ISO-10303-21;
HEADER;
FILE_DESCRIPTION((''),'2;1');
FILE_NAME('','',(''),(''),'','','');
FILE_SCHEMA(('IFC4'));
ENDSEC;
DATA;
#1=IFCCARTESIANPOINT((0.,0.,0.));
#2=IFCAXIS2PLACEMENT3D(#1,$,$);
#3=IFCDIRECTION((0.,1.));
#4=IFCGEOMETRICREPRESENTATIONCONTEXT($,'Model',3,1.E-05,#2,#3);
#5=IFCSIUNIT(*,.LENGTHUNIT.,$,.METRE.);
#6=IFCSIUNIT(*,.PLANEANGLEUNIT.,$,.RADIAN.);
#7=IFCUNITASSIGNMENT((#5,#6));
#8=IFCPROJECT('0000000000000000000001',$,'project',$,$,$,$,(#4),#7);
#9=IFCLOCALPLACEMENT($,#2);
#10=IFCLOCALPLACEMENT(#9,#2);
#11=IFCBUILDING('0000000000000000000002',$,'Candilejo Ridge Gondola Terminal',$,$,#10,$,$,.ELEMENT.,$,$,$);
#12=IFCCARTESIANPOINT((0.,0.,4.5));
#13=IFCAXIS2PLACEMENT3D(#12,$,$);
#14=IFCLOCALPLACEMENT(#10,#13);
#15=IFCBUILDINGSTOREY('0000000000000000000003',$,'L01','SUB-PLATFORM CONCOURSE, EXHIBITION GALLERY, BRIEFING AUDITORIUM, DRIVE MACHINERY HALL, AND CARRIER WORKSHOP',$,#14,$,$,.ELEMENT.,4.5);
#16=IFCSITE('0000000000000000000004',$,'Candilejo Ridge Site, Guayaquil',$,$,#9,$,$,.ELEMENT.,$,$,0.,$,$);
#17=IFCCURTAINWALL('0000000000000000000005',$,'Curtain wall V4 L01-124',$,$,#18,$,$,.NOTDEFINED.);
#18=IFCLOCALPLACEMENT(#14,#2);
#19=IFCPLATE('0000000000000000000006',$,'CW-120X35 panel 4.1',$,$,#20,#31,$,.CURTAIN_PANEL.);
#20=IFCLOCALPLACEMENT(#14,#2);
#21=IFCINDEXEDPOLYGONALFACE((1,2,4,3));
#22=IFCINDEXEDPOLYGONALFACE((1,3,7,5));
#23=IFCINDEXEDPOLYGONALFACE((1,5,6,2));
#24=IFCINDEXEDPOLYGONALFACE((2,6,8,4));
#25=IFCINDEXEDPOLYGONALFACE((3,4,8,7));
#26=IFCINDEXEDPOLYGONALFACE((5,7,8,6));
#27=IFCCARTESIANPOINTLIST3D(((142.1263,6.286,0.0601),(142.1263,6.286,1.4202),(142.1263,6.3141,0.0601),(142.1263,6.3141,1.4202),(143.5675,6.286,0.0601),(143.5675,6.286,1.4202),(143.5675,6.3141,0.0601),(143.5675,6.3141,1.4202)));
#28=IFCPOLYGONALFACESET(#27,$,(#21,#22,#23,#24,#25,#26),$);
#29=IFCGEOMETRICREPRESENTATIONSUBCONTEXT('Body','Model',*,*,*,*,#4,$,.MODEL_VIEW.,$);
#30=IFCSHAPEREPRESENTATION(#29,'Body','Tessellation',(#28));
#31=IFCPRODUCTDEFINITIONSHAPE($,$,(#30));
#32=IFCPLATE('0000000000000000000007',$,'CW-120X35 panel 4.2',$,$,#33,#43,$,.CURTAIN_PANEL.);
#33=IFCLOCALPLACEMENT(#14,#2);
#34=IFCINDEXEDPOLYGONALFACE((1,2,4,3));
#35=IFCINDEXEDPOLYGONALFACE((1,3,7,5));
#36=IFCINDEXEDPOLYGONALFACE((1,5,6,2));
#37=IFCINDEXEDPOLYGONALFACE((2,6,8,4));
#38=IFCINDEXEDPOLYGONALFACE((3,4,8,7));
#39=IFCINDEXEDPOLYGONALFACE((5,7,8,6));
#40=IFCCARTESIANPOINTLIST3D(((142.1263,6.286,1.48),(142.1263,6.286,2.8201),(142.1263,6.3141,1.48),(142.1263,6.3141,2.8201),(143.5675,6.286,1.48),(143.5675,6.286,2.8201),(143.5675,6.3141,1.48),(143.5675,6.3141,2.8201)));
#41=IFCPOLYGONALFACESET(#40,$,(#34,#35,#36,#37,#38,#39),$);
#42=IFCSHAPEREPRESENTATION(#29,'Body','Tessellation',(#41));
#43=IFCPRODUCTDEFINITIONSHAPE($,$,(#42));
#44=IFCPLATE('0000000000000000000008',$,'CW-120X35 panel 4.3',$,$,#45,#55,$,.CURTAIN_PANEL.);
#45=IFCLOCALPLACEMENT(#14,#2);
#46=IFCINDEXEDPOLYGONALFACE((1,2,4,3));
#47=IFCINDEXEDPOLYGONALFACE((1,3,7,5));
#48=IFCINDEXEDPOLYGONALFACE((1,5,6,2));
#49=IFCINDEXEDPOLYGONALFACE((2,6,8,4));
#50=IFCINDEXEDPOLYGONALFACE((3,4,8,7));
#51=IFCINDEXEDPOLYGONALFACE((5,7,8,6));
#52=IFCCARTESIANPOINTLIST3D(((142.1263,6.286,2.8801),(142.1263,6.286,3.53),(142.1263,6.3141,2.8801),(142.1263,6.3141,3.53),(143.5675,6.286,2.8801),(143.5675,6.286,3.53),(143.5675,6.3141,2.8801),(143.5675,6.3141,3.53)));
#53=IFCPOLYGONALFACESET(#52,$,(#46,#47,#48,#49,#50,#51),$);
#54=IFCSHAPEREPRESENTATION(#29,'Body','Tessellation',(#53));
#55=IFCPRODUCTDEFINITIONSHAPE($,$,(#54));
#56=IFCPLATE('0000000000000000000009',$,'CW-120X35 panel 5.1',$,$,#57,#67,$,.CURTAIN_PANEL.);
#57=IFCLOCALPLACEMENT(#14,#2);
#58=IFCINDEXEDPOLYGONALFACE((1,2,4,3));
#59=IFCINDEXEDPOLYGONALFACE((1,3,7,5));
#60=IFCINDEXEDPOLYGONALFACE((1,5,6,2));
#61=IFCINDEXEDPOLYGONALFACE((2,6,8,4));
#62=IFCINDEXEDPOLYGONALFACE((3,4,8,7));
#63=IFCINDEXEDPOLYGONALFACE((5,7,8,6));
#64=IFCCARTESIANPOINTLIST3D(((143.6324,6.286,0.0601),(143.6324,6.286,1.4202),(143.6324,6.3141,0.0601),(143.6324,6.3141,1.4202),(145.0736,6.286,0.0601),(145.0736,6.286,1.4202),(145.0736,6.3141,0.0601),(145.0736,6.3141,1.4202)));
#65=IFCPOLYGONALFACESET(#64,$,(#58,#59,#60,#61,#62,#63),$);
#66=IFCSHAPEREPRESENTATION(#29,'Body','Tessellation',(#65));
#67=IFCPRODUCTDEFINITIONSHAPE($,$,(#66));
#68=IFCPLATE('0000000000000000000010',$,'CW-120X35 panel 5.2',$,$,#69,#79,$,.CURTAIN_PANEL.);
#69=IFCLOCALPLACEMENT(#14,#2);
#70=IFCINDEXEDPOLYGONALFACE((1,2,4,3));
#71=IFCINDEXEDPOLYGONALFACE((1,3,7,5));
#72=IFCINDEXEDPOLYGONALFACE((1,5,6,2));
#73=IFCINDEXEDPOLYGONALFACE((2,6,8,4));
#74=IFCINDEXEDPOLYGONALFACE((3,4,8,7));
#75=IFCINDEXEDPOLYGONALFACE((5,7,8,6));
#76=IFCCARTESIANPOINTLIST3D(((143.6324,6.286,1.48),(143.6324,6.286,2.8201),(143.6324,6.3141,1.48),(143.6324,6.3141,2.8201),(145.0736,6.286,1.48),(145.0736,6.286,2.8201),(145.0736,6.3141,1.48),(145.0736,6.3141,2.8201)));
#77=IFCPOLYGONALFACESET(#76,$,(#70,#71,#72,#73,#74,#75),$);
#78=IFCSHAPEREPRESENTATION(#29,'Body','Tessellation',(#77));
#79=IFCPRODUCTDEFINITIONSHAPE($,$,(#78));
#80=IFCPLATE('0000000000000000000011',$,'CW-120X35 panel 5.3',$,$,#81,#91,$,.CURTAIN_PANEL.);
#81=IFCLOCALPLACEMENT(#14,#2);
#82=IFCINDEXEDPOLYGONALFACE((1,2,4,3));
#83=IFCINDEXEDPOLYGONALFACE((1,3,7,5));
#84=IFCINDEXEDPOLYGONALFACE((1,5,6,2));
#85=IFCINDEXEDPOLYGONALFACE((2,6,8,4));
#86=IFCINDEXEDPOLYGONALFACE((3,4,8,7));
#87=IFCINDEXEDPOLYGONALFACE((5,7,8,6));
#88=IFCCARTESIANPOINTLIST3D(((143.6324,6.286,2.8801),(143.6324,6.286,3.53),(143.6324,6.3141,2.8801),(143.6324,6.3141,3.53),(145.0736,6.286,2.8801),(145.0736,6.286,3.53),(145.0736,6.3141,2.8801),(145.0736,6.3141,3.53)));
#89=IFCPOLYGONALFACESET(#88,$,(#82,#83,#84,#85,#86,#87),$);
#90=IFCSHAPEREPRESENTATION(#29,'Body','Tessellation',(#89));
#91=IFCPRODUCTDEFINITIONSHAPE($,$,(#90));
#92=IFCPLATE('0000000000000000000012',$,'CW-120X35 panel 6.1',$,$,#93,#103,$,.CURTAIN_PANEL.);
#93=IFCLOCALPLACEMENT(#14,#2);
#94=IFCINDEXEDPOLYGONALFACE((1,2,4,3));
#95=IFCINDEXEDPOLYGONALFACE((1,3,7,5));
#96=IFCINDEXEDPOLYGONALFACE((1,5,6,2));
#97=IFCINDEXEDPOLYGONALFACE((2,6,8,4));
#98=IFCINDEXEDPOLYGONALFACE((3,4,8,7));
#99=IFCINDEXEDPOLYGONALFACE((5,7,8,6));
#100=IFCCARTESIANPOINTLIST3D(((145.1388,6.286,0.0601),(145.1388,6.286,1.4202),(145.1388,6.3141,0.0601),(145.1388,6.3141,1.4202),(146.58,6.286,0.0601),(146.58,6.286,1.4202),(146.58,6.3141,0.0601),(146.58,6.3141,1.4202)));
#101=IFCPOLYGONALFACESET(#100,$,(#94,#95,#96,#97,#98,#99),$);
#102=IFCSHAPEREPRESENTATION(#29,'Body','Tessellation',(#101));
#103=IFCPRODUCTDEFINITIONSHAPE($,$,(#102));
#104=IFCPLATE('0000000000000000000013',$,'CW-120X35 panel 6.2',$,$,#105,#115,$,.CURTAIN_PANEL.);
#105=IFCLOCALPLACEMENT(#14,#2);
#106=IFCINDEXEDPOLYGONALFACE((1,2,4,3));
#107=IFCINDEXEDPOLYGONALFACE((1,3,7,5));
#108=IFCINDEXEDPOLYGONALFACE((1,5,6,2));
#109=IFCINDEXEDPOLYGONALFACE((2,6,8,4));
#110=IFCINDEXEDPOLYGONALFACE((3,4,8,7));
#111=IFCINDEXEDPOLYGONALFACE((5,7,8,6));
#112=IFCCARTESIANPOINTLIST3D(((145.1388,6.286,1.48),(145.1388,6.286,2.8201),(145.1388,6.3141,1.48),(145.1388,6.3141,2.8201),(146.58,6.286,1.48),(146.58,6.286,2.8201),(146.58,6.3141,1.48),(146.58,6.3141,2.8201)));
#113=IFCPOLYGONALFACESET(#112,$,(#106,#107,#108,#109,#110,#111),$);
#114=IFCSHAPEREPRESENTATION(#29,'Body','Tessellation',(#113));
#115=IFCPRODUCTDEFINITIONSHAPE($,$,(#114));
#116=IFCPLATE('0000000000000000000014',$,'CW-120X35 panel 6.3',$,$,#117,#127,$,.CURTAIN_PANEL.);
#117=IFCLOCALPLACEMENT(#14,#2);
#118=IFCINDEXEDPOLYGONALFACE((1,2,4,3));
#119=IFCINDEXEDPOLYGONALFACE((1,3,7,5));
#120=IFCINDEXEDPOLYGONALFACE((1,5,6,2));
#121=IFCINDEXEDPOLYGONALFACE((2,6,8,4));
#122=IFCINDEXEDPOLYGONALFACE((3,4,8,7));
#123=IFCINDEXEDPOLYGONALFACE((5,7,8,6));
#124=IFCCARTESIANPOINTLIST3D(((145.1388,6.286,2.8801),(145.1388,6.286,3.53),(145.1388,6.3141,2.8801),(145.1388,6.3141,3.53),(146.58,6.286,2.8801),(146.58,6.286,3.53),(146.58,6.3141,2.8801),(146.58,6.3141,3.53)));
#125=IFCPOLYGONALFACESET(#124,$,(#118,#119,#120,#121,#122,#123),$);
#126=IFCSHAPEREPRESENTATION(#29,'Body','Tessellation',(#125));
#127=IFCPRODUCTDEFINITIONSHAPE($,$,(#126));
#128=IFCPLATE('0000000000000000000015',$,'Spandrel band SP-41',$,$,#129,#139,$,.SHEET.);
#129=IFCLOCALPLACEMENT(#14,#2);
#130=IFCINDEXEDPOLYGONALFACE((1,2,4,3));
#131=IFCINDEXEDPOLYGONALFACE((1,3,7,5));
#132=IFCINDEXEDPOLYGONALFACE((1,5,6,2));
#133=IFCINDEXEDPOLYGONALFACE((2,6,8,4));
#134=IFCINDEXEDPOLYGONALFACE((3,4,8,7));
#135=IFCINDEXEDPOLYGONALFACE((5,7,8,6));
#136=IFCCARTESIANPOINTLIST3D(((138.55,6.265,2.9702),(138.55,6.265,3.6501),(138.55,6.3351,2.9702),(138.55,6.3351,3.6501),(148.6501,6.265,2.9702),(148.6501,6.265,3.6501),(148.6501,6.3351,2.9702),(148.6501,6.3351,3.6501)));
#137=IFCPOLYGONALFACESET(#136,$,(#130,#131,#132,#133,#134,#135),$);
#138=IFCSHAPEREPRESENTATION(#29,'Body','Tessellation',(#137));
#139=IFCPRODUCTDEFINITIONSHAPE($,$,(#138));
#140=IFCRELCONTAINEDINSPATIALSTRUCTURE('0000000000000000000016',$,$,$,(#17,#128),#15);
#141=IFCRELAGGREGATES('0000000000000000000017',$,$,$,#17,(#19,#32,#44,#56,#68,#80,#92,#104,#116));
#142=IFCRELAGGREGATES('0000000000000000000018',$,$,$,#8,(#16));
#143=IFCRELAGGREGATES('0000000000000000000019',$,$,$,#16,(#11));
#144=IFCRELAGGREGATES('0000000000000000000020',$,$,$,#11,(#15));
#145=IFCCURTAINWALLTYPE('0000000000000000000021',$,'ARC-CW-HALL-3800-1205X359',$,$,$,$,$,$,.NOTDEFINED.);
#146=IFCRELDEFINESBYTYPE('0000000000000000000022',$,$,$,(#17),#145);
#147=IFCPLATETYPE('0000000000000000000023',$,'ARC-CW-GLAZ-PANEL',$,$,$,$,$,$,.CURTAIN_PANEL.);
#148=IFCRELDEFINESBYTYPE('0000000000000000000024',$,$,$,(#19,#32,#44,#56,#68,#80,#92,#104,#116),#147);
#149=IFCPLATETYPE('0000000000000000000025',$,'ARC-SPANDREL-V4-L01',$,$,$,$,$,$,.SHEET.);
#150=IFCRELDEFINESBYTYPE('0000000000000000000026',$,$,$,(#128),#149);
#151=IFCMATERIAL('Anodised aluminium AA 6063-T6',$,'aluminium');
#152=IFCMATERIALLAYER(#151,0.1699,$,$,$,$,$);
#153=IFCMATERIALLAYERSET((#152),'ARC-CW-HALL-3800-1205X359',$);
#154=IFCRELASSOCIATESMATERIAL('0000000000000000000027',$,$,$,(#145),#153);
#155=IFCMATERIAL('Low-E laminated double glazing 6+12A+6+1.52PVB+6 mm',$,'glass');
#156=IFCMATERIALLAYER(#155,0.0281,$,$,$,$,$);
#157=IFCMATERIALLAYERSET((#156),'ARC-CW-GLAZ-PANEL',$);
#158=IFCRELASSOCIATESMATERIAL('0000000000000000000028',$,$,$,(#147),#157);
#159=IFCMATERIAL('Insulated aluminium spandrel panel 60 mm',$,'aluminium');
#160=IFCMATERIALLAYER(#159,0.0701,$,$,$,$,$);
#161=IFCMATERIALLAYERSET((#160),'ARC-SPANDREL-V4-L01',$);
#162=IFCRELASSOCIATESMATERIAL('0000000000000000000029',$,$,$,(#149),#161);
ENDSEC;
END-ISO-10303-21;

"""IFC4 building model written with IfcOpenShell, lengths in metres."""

from ifc_helpers import new_model, si_unit, direction, frame, origin, origin_2d, place, context, subcontext, project, spatial, rectangle, extrude, material, layer, layer_set, type_object, element, aggregate, save


model = new_model("IFC4")

# Units and contexts
model_context = context("Model", 3, precision=1e-05, world=origin(), true_north=direction((0.0, 1.0)))
body_context = subcontext(model_context, "Body", "Model", "MODEL_VIEW")
ifc_project = project(units=[si_unit("LENGTHUNIT", "METRE"), si_unit("PLANEANGLEUNIT", "RADIAN")], contexts=[model_context])

# Site, building, storey
site_placement = place(None, origin())
site = spatial("IfcSite", under=ifc_project, at=site_placement, Name="Candilejo Ridge Site, Guayaquil", CompositionType="ELEMENT", RefElevation=0.0)
building_placement = place(site_placement, origin())
building = spatial("IfcBuilding", under=site, at=building_placement, Name="Candilejo Ridge Gondola Terminal", CompositionType="ELEMENT")
storey_placement = place(building_placement, frame((0.0, 0.0, 4.5)))
storey = spatial("IfcBuildingStorey", under=building, at=storey_placement, Name="L01", Description="SUB-PLATFORM CONCOURSE, EXHIBITION GALLERY, BRIEFING AUDITORIUM, DRIVE MACHINERY HALL, AND CARRIER WORKSHOP", CompositionType="ELEMENT", Elevation=4.5)

# Curtain wall, plates
ifc_material_1 = material(Name="Anodised aluminium AA 6063-T6", Category="aluminium")
ifc_layer_1 = layer(ifc_material_1, 0.1699)
ifc_layer_set_1 = layer_set([ifc_layer_1], Name="ARC-CW-HALL-3800-1205X359")
curtain_wall_type = type_object("IfcCurtainWallType", Name="ARC-CW-HALL-3800-1205X359", PredefinedType="NOTDEFINED", material=ifc_layer_set_1)
curtain_wall_placement = place(storey_placement, origin())
curtain_wall = element("IfcCurtainWall", 1, at=curtain_wall_placement, inside=storey, type_object=curtain_wall_type, Name="Curtain wall V4 L01-124", PredefinedType="NOTDEFINED")
ifc_material_2 = material(Name="Low-E laminated double glazing 6+12A+6+1.52PVB+6 mm", Category="glass")
ifc_layer_2 = layer(ifc_material_2, 0.0281)
ifc_layer_set_2 = layer_set([ifc_layer_2], Name="ARC-CW-GLAZ-PANEL")
plate_type_1 = type_object("IfcPlateType", Name="ARC-CW-GLAZ-PANEL", PredefinedType="CURTAIN_PANEL", material=ifc_layer_set_2)
plate_1_placement = place(storey_placement, frame((142.8469, 6.3, 0.0601), z_axis=(0.0, 0.0, 1.0), x_axis=(1.0, 0.0, 0.0)))
plate_1 = element("IfcPlate", 2, at=plate_1_placement, type_object=plate_type_1, Name="CW-120X35 panel 4.1", PredefinedType="CURTAIN_PANEL", context=body_context, shape_type="SweptSolid", body=[
    extrude(rectangle(XDim=1.4412, YDim=0.0281, at=origin_2d()), origin(), (0.0, 0.0, 1.0), 1.3601),
])
plate_2_placement = place(storey_placement, frame((142.8469, 6.3, 1.48), z_axis=(0.0, 0.0, 1.0), x_axis=(1.0, 0.0, 0.0)))
plate_2 = element("IfcPlate", 3, at=plate_2_placement, type_object=plate_type_1, Name="CW-120X35 panel 4.2", PredefinedType="CURTAIN_PANEL", context=body_context, shape_type="SweptSolid", body=[
    extrude(rectangle(XDim=1.4412, YDim=0.0281, at=origin_2d()), origin(), (0.0, 0.0, 1.0), 1.3401),
])
plate_3_placement = place(storey_placement, frame((142.8469, 6.3, 2.8801), z_axis=(0.0, 0.0, 1.0), x_axis=(1.0, 0.0, 0.0)))
plate_3 = element("IfcPlate", 4, at=plate_3_placement, type_object=plate_type_1, Name="CW-120X35 panel 4.3", PredefinedType="CURTAIN_PANEL", context=body_context, shape_type="SweptSolid", body=[
    extrude(rectangle(XDim=1.4412, YDim=0.0281, at=origin_2d()), origin(), (0.0, 0.0, 1.0), 0.6499),
])
plate_4_placement = place(storey_placement, frame((144.353, 6.3, 0.0601), z_axis=(0.0, 0.0, 1.0), x_axis=(1.0, 0.0, 0.0)))
plate_4 = element("IfcPlate", 5, at=plate_4_placement, type_object=plate_type_1, Name="CW-120X35 panel 5.1", PredefinedType="CURTAIN_PANEL", context=body_context, shape_type="SweptSolid", body=[
    extrude(rectangle(XDim=1.4412, YDim=0.0281, at=origin_2d()), origin(), (0.0, 0.0, 1.0), 1.3601),
])
plate_5_placement = place(storey_placement, frame((144.353, 6.3, 1.48), z_axis=(0.0, 0.0, 1.0), x_axis=(1.0, 0.0, 0.0)))
plate_5 = element("IfcPlate", 6, at=plate_5_placement, type_object=plate_type_1, Name="CW-120X35 panel 5.2", PredefinedType="CURTAIN_PANEL", context=body_context, shape_type="SweptSolid", body=[
    extrude(rectangle(XDim=1.4412, YDim=0.0281, at=origin_2d()), origin(), (0.0, 0.0, 1.0), 1.3401),
])
plate_6_placement = place(storey_placement, frame((144.353, 6.3, 2.8801), z_axis=(0.0, 0.0, 1.0), x_axis=(1.0, 0.0, 0.0)))
plate_6 = element("IfcPlate", 7, at=plate_6_placement, type_object=plate_type_1, Name="CW-120X35 panel 5.3", PredefinedType="CURTAIN_PANEL", context=body_context, shape_type="SweptSolid", body=[
    extrude(rectangle(XDim=1.4412, YDim=0.0281, at=origin_2d()), origin(), (0.0, 0.0, 1.0), 0.6499),
])
plate_7_placement = place(storey_placement, frame((145.8594, 6.3, 0.0601), z_axis=(0.0, 0.0, 1.0), x_axis=(1.0, 0.0, 0.0)))
plate_7 = element("IfcPlate", 8, at=plate_7_placement, type_object=plate_type_1, Name="CW-120X35 panel 6.1", PredefinedType="CURTAIN_PANEL", context=body_context, shape_type="SweptSolid", body=[
    extrude(rectangle(XDim=1.4412, YDim=0.0281, at=origin_2d()), origin(), (0.0, 0.0, 1.0), 1.3601),
])
plate_8_placement = place(storey_placement, frame((145.8594, 6.3, 1.48), z_axis=(0.0, 0.0, 1.0), x_axis=(1.0, 0.0, 0.0)))
plate_8 = element("IfcPlate", 9, at=plate_8_placement, type_object=plate_type_1, Name="CW-120X35 panel 6.2", PredefinedType="CURTAIN_PANEL", context=body_context, shape_type="SweptSolid", body=[
    extrude(rectangle(XDim=1.4412, YDim=0.0281, at=origin_2d()), origin(), (0.0, 0.0, 1.0), 1.3401),
])
plate_9_placement = place(storey_placement, frame((145.8594, 6.3, 2.8801), z_axis=(0.0, 0.0, 1.0), x_axis=(1.0, 0.0, 0.0)))
plate_9 = element("IfcPlate", 10, at=plate_9_placement, type_object=plate_type_1, Name="CW-120X35 panel 6.3", PredefinedType="CURTAIN_PANEL", context=body_context, shape_type="SweptSolid", body=[
    extrude(rectangle(XDim=1.4412, YDim=0.0281, at=origin_2d()), origin(), (0.0, 0.0, 1.0), 0.6499),
])
aggregate(curtain_wall, [plate_1, plate_2, plate_3, plate_4, plate_5, plate_6, plate_7, plate_8, plate_9])

# Plate
ifc_material_3 = material(Name="Insulated aluminium spandrel panel 60 mm", Category="aluminium")
ifc_layer_3 = layer(ifc_material_3, 0.0701)
ifc_layer_set_3 = layer_set([ifc_layer_3], Name="ARC-SPANDREL-V4-L01")
plate_type_2 = type_object("IfcPlateType", Name="ARC-SPANDREL-V4-L01", PredefinedType="SHEET", material=ifc_layer_set_3)
plate_10_placement = place(storey_placement, frame((143.6001, 6.3, 2.9702), z_axis=(0.0, 0.0, 1.0), x_axis=(1.0, 0.0, 0.0)))
element("IfcPlate", 11, at=plate_10_placement, inside=storey, type_object=plate_type_2, Name="Spandrel band SP-41", PredefinedType="SHEET", context=body_context, shape_type="SweptSolid", body=[
    extrude(rectangle(XDim=10.1001, YDim=0.0701, at=origin_2d()), origin(), (0.0, 0.0, 1.0), 0.6799),
])

save(model, "model.ifc")
